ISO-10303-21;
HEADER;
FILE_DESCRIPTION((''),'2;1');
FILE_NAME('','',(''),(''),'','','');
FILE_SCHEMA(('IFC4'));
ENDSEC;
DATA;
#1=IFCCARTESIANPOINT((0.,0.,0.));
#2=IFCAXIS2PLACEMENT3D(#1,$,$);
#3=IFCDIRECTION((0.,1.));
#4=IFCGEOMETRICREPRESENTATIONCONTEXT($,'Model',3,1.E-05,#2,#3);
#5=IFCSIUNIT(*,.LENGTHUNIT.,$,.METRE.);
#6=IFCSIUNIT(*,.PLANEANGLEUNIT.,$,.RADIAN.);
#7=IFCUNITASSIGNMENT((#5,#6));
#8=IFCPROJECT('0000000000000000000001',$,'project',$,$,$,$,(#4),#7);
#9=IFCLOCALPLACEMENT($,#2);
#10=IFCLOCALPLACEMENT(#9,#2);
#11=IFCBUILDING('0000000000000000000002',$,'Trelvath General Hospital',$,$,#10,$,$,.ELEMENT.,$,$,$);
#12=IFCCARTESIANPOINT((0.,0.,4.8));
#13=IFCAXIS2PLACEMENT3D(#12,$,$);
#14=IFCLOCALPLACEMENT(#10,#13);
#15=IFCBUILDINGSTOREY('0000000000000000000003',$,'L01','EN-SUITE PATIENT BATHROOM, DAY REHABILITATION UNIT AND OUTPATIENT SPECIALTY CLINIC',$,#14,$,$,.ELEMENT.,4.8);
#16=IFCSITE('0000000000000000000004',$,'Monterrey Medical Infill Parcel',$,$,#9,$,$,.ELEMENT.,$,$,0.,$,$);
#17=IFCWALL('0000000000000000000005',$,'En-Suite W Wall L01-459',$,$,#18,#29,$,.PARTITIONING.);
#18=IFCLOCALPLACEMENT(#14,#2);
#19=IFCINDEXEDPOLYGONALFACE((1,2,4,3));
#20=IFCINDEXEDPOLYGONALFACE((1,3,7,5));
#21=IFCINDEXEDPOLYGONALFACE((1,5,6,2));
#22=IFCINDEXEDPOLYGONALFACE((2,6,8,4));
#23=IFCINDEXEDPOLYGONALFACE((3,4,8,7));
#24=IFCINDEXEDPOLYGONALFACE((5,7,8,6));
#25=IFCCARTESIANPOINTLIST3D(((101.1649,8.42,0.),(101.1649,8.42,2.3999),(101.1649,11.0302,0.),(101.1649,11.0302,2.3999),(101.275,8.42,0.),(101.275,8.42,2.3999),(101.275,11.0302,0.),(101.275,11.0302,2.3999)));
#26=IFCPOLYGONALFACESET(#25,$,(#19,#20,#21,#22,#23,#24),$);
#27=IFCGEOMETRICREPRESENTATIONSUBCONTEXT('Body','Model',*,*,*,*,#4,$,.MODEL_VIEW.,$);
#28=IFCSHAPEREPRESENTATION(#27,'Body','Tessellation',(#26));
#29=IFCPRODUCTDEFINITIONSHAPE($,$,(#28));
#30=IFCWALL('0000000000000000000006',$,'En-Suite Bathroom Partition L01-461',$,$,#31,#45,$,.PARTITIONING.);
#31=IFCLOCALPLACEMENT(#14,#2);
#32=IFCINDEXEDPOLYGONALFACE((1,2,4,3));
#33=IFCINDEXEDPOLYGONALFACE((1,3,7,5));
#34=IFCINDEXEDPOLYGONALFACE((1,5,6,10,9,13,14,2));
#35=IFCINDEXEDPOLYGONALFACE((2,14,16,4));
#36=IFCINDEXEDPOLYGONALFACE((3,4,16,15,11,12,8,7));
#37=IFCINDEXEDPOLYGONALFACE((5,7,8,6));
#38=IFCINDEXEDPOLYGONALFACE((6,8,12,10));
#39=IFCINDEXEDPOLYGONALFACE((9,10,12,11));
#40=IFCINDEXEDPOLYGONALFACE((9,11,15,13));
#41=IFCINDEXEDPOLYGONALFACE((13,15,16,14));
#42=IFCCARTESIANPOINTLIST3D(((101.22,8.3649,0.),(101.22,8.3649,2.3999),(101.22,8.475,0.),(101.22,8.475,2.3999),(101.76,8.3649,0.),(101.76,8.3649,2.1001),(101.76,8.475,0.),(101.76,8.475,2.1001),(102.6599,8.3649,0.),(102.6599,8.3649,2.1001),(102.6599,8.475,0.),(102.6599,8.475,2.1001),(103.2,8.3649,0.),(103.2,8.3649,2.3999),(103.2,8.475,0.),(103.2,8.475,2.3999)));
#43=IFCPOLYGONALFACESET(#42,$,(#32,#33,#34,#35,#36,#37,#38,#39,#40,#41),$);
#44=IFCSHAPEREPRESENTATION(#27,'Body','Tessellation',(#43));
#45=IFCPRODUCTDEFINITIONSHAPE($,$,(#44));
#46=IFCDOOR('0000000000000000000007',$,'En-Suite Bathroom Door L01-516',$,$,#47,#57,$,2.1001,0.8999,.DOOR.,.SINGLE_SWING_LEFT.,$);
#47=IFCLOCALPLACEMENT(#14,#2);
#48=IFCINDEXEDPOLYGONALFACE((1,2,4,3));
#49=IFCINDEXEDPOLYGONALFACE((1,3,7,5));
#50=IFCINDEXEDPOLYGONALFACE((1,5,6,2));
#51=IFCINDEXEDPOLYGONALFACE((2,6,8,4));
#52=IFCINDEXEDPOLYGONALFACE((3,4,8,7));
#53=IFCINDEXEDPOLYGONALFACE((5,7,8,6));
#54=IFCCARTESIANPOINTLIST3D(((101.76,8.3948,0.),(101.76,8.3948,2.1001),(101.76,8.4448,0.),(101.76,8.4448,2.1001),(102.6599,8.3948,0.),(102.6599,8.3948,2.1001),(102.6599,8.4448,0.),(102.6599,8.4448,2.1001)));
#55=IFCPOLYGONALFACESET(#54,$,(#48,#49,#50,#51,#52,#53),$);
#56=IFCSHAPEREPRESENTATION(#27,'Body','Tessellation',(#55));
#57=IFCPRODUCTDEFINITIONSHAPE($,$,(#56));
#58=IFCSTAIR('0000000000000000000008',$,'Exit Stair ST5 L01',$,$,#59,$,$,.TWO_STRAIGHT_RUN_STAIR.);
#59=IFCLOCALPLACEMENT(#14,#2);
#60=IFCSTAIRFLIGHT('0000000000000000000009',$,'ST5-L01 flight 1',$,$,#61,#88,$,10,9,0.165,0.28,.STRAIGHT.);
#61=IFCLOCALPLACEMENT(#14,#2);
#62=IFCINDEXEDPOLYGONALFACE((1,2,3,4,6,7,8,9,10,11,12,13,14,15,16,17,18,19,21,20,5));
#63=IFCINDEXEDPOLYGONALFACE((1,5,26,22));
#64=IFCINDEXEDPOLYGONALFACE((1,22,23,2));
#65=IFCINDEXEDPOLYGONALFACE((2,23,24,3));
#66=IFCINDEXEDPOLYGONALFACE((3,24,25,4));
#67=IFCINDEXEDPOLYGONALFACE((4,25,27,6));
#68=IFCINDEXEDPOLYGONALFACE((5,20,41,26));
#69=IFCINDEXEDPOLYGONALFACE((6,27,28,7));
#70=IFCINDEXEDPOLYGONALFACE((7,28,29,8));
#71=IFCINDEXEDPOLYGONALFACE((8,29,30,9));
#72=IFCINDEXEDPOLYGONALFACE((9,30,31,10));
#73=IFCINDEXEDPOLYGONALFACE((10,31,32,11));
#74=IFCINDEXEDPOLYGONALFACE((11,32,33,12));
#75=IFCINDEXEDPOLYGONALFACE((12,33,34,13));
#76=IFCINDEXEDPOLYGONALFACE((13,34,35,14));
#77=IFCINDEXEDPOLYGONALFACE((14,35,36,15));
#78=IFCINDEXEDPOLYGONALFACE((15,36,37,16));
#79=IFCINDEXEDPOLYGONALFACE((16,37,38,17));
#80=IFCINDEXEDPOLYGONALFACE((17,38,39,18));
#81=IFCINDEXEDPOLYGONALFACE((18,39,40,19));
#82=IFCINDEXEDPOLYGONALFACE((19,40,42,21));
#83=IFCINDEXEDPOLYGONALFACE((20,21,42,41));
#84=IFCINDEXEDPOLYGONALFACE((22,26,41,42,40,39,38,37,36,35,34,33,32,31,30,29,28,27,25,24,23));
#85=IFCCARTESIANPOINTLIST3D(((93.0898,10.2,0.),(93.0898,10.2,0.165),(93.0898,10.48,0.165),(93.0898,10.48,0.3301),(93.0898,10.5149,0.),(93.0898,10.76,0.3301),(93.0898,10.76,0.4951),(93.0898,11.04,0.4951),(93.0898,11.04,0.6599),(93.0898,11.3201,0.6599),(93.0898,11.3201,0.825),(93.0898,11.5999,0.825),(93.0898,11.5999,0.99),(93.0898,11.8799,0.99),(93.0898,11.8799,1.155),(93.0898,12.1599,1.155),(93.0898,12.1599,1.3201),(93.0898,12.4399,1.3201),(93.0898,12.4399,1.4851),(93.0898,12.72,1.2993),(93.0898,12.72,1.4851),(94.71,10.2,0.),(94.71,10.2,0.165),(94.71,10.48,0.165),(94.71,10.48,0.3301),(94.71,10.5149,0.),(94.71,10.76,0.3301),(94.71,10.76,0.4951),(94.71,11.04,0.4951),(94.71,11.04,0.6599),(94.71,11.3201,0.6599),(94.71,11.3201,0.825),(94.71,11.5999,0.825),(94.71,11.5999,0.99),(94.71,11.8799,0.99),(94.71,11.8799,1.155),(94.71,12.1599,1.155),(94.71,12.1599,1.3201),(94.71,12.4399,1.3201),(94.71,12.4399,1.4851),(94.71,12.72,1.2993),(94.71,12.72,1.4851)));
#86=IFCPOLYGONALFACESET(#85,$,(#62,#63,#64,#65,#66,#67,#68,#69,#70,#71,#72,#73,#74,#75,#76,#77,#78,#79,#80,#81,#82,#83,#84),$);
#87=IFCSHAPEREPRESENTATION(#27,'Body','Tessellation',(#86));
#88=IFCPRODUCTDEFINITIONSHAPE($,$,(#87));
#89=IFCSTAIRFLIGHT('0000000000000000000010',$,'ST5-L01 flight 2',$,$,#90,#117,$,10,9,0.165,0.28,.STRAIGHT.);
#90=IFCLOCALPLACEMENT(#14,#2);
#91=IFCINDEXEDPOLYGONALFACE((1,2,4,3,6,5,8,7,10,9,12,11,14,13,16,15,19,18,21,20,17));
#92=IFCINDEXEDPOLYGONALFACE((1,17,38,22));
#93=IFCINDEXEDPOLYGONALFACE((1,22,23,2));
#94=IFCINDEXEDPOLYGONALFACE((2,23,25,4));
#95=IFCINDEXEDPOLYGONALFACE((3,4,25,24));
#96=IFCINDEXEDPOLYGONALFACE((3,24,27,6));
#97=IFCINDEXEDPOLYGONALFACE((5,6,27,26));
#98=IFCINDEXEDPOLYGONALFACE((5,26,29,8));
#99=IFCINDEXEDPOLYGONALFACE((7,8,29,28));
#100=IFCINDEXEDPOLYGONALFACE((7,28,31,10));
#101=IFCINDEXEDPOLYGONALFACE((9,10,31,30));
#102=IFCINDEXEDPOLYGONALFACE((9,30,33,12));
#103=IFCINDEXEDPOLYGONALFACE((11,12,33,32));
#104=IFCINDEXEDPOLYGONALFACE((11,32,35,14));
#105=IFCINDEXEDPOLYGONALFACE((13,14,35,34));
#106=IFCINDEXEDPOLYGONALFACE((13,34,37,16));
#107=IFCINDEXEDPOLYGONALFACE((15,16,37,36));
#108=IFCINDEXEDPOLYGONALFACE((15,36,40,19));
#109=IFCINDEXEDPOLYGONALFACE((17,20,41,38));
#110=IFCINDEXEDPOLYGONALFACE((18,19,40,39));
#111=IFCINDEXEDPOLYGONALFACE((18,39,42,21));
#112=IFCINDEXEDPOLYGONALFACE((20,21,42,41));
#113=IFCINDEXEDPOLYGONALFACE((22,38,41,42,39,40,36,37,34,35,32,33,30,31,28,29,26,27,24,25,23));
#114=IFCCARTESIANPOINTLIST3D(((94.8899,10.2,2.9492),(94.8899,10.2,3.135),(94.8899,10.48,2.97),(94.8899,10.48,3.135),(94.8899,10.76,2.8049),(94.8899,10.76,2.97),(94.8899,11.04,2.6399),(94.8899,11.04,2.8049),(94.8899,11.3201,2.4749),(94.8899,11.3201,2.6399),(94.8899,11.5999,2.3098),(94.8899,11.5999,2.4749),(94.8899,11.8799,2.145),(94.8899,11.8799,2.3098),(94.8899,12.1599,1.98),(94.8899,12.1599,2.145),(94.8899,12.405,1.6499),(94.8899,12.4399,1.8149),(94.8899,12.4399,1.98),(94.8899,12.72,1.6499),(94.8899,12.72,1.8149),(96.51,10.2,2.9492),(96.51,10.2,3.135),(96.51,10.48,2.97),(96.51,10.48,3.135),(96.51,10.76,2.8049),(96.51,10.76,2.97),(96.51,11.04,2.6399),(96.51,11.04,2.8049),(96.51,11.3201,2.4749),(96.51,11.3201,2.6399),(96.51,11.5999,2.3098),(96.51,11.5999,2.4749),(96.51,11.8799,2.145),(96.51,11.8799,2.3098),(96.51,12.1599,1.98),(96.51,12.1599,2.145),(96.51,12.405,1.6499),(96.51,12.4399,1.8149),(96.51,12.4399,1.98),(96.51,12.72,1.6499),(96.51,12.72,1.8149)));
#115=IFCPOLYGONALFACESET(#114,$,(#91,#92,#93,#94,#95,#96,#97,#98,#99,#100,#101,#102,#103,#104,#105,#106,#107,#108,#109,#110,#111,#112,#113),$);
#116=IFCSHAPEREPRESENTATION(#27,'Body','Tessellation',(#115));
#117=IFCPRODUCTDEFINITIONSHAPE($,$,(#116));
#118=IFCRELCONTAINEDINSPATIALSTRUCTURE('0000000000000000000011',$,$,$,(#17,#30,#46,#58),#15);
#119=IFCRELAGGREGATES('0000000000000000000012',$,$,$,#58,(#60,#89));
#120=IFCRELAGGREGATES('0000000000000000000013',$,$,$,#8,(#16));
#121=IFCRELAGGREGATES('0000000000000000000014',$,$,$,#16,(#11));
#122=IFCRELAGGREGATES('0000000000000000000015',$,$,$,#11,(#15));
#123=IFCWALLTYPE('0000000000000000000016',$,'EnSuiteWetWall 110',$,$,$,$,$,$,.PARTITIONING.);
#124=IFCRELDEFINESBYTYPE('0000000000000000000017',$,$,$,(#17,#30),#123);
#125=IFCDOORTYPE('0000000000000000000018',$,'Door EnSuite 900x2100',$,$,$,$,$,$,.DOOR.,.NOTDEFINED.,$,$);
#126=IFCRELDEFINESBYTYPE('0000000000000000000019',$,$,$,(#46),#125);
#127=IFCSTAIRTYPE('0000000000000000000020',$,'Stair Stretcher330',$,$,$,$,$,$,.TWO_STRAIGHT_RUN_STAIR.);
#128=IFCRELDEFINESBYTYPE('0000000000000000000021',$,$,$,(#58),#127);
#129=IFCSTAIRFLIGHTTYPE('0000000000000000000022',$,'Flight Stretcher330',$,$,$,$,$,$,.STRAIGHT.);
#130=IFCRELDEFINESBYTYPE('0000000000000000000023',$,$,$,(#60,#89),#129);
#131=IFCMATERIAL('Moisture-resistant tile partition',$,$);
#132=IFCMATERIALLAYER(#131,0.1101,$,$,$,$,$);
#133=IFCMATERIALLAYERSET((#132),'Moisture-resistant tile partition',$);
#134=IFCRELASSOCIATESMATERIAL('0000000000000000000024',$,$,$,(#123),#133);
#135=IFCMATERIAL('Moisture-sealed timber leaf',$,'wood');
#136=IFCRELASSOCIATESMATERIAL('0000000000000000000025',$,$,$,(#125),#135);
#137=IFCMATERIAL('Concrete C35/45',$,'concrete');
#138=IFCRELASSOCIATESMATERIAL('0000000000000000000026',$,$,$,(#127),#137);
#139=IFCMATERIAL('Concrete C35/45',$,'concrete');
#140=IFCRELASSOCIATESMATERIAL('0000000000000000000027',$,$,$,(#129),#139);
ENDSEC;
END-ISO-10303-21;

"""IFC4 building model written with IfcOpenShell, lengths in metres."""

from ifc_helpers import new_model, si_unit, direction, frame, frame_2d, origin, place, context, subcontext, project, spatial, polyline, rectangle, outline, extrude, material, layer, layer_set, type_object, element, fill, aggregate, save


model = new_model("IFC4")

# Units and contexts
model_context = context("Model", 3, precision=1e-05, world=origin(), true_north=direction((0.0, 1.0)))
body_context = subcontext(model_context, "Body", "Model", "MODEL_VIEW")
ifc_project = project(units=[si_unit("LENGTHUNIT", "METRE"), si_unit("PLANEANGLEUNIT", "RADIAN")], contexts=[model_context])

# Site, building, storey
site_placement = place(None, origin())
site = spatial("IfcSite", under=ifc_project, at=site_placement, Name="Monterrey Medical Infill Parcel", CompositionType="ELEMENT", RefElevation=0.0)
building_placement = place(site_placement, origin())
building = spatial("IfcBuilding", under=site, at=building_placement, Name="Trelvath General Hospital", CompositionType="ELEMENT")
storey_placement = place(building_placement, frame((0.0, 0.0, 4.8)))
storey = spatial("IfcBuildingStorey", under=building, at=storey_placement, Name="L01", Description="EN-SUITE PATIENT BATHROOM, DAY REHABILITATION UNIT AND OUTPATIENT SPECIALTY CLINIC", CompositionType="ELEMENT", Elevation=4.8)

# Wall
ifc_material_1 = material(Name="Moisture-resistant tile partition")
ifc_layer_1 = layer(ifc_material_1, 0.1101)
ifc_layer_set_1 = layer_set([ifc_layer_1], Name="Moisture-resistant tile partition")
wall_type_1 = type_object("IfcWallType", Name="EnSuiteWetWall 110", PredefinedType="PARTITIONING", material=ifc_layer_set_1)
wall_1_placement = place(storey_placement, frame((101.22, 8.4199, 0.0), z_axis=(0.0, 0.0, 1.0), x_axis=(0.0, 1.0, 0.0)))
element("IfcWall", 1, at=wall_1_placement, inside=storey, type_object=wall_type_1, Name="En-Suite W Wall L01-459", PredefinedType="PARTITIONING", context=body_context, shape_type="SweptSolid", body=[
    extrude(rectangle(XDim=2.6101, YDim=0.1101, at=frame_2d((1.3052, 0.0))), origin(), (0.0, 0.0, 1.0), 2.3999),
])

# Wall, opening, door
wall_2_placement = place(storey_placement, frame((101.22, 8.4199, 0.0), z_axis=(0.0, 0.0, 1.0), x_axis=(1.0, 0.0, 0.0)))
wall_2 = element("IfcWall", 2, at=wall_2_placement, inside=storey, type_object=wall_type_1, Name="En-Suite Bathroom Partition L01-461", PredefinedType="PARTITIONING", context=body_context, shape_type="SweptSolid", body=[
    extrude(rectangle(XDim=1.98, YDim=0.1101, at=frame_2d((0.99, 0.0))), origin(), (0.0, 0.0, 1.0), 2.3999),
])
opening_1_placement = place(wall_2_placement, frame((0.54, 0.0, 0.0)))
opening_1 = element("IfcOpeningElement", 3, at=opening_1_placement, cuts=wall_2, PredefinedType="OPENING", context=body_context, shape_type="SweptSolid", body=[
    extrude(rectangle(XDim=0.8999, YDim=2.1001, at=frame_2d((0.45, 1.05))), frame((0.0, 0.0649, 0.0), z_axis=(0.0, -1.0, 0.0), x_axis=(1.0, 0.0, 0.0)), (0.0, 0.0, 1.0), 0.1301),
])
ifc_material_2 = material(Name="Moisture-sealed timber leaf", Category="wood")
door_type_1 = type_object("IfcDoorType", Name="Door EnSuite 900x2100", OperationType="NOTDEFINED", PredefinedType="DOOR", material=ifc_material_2)
door_1_placement = place(opening_1_placement, origin())
door_1 = element("IfcDoor", 4, at=door_1_placement, inside=storey, type_object=door_type_1, Name="En-Suite Bathroom Door L01-516", OperationType="SINGLE_SWING_LEFT", OverallHeight=2.1001, OverallWidth=0.8999, PredefinedType="DOOR", context=body_context, shape_type="SweptSolid", body=[
    extrude(rectangle(XDim=0.8999, YDim=2.1001, at=frame_2d((0.45, 1.05))), frame((0.0, 0.0249, 0.0), z_axis=(0.0, -1.0, 0.0), x_axis=(1.0, 0.0, 0.0)), (0.0, 0.0, 1.0), 0.05),
])
fill(opening_1, door_1)

# Stair, stair flights
ifc_material_3 = material(Name="Concrete C35/45", Category="concrete")
stair_type = type_object("IfcStairType", Name="Stair Stretcher330", PredefinedType="TWO_STRAIGHT_RUN_STAIR", material=ifc_material_3)
stair_placement = place(storey_placement, origin())
stair = element("IfcStair", 5, at=stair_placement, inside=storey, type_object=stair_type, Name="Exit Stair ST5 L01", PredefinedType="TWO_STRAIGHT_RUN_STAIR")
ifc_material_4 = material(Name="Concrete C35/45", Category="concrete")
stair_flight_type = type_object("IfcStairFlightType", Name="Flight Stretcher330", PredefinedType="STRAIGHT", material=ifc_material_4)
stair_flight_1_placement = place(storey_placement, frame((93.8999, 10.2, 0.0), z_axis=(0.0, 0.0, 1.0), x_axis=(0.0, 1.0, 0.0)))
stair_flight_1 = element("IfcStairFlight", 6, at=stair_flight_1_placement, type_object=stair_flight_type, Name="ST5-L01 flight 1", NumberOfRisers=10, NumberOfTreads=9, PredefinedType="STRAIGHT", RiserHeight=0.165, TreadLength=0.28, context=body_context, shape_type="SweptSolid", body=[
    extrude(outline(polyline([(0.0, 0.0), (0.0, 0.165), (0.28, 0.165), (0.28, 0.3301), (0.5601, 0.3301), (0.5601, 0.4951), (0.8401, 0.4951), (0.8401, 0.6599), (1.1201, 0.6599), (1.1201, 0.825), (1.3999, 0.825), (1.3999, 0.99), (1.6799, 0.99), (1.6799, 1.155), (1.96, 1.155), (1.96, 1.3201), (2.24, 1.3201), (2.24, 1.4851), (2.52, 1.4851), (2.52, 1.6499), (2.52, 1.2993), (0.3149, 0.0), (0.0, 0.0)])), frame((0.0, 0.8101, 0.0), z_axis=(0.0, -1.0, 0.0), x_axis=(1.0, 0.0, 0.0)), (0.0, 0.0, 1.0), 1.6201),
])
stair_flight_2_placement = place(storey_placement, frame((95.7, 12.72, 1.6499), z_axis=(0.0, 0.0, 1.0), x_axis=(0.0, -1.0, 0.0)))
stair_flight_2 = element("IfcStairFlight", 7, at=stair_flight_2_placement, type_object=stair_flight_type, Name="ST5-L01 flight 2", NumberOfRisers=10, NumberOfTreads=9, PredefinedType="STRAIGHT", RiserHeight=0.165, TreadLength=0.28, context=body_context, shape_type="SweptSolid", body=[
    extrude(outline(polyline([(0.0, 0.0), (0.0, 0.165), (0.28, 0.165), (0.28, 0.3301), (0.5601, 0.3301), (0.5601, 0.4951), (0.8401, 0.4951), (0.8401, 0.6599), (1.1201, 0.6599), (1.1201, 0.825), (1.3999, 0.825), (1.3999, 0.99), (1.6799, 0.99), (1.6799, 1.155), (1.96, 1.155), (1.96, 1.3201), (2.24, 1.3201), (2.24, 1.4851), (2.52, 1.4851), (2.52, 1.6499), (2.52, 1.2993), (0.3149, 0.0), (0.0, 0.0)])), frame((0.0, 0.8101, 0.0), z_axis=(0.0, -1.0, 0.0), x_axis=(1.0, 0.0, 0.0)), (0.0, 0.0, 1.0), 1.6201),
])
aggregate(stair, [stair_flight_1, stair_flight_2])

save(model, "model.ifc")
